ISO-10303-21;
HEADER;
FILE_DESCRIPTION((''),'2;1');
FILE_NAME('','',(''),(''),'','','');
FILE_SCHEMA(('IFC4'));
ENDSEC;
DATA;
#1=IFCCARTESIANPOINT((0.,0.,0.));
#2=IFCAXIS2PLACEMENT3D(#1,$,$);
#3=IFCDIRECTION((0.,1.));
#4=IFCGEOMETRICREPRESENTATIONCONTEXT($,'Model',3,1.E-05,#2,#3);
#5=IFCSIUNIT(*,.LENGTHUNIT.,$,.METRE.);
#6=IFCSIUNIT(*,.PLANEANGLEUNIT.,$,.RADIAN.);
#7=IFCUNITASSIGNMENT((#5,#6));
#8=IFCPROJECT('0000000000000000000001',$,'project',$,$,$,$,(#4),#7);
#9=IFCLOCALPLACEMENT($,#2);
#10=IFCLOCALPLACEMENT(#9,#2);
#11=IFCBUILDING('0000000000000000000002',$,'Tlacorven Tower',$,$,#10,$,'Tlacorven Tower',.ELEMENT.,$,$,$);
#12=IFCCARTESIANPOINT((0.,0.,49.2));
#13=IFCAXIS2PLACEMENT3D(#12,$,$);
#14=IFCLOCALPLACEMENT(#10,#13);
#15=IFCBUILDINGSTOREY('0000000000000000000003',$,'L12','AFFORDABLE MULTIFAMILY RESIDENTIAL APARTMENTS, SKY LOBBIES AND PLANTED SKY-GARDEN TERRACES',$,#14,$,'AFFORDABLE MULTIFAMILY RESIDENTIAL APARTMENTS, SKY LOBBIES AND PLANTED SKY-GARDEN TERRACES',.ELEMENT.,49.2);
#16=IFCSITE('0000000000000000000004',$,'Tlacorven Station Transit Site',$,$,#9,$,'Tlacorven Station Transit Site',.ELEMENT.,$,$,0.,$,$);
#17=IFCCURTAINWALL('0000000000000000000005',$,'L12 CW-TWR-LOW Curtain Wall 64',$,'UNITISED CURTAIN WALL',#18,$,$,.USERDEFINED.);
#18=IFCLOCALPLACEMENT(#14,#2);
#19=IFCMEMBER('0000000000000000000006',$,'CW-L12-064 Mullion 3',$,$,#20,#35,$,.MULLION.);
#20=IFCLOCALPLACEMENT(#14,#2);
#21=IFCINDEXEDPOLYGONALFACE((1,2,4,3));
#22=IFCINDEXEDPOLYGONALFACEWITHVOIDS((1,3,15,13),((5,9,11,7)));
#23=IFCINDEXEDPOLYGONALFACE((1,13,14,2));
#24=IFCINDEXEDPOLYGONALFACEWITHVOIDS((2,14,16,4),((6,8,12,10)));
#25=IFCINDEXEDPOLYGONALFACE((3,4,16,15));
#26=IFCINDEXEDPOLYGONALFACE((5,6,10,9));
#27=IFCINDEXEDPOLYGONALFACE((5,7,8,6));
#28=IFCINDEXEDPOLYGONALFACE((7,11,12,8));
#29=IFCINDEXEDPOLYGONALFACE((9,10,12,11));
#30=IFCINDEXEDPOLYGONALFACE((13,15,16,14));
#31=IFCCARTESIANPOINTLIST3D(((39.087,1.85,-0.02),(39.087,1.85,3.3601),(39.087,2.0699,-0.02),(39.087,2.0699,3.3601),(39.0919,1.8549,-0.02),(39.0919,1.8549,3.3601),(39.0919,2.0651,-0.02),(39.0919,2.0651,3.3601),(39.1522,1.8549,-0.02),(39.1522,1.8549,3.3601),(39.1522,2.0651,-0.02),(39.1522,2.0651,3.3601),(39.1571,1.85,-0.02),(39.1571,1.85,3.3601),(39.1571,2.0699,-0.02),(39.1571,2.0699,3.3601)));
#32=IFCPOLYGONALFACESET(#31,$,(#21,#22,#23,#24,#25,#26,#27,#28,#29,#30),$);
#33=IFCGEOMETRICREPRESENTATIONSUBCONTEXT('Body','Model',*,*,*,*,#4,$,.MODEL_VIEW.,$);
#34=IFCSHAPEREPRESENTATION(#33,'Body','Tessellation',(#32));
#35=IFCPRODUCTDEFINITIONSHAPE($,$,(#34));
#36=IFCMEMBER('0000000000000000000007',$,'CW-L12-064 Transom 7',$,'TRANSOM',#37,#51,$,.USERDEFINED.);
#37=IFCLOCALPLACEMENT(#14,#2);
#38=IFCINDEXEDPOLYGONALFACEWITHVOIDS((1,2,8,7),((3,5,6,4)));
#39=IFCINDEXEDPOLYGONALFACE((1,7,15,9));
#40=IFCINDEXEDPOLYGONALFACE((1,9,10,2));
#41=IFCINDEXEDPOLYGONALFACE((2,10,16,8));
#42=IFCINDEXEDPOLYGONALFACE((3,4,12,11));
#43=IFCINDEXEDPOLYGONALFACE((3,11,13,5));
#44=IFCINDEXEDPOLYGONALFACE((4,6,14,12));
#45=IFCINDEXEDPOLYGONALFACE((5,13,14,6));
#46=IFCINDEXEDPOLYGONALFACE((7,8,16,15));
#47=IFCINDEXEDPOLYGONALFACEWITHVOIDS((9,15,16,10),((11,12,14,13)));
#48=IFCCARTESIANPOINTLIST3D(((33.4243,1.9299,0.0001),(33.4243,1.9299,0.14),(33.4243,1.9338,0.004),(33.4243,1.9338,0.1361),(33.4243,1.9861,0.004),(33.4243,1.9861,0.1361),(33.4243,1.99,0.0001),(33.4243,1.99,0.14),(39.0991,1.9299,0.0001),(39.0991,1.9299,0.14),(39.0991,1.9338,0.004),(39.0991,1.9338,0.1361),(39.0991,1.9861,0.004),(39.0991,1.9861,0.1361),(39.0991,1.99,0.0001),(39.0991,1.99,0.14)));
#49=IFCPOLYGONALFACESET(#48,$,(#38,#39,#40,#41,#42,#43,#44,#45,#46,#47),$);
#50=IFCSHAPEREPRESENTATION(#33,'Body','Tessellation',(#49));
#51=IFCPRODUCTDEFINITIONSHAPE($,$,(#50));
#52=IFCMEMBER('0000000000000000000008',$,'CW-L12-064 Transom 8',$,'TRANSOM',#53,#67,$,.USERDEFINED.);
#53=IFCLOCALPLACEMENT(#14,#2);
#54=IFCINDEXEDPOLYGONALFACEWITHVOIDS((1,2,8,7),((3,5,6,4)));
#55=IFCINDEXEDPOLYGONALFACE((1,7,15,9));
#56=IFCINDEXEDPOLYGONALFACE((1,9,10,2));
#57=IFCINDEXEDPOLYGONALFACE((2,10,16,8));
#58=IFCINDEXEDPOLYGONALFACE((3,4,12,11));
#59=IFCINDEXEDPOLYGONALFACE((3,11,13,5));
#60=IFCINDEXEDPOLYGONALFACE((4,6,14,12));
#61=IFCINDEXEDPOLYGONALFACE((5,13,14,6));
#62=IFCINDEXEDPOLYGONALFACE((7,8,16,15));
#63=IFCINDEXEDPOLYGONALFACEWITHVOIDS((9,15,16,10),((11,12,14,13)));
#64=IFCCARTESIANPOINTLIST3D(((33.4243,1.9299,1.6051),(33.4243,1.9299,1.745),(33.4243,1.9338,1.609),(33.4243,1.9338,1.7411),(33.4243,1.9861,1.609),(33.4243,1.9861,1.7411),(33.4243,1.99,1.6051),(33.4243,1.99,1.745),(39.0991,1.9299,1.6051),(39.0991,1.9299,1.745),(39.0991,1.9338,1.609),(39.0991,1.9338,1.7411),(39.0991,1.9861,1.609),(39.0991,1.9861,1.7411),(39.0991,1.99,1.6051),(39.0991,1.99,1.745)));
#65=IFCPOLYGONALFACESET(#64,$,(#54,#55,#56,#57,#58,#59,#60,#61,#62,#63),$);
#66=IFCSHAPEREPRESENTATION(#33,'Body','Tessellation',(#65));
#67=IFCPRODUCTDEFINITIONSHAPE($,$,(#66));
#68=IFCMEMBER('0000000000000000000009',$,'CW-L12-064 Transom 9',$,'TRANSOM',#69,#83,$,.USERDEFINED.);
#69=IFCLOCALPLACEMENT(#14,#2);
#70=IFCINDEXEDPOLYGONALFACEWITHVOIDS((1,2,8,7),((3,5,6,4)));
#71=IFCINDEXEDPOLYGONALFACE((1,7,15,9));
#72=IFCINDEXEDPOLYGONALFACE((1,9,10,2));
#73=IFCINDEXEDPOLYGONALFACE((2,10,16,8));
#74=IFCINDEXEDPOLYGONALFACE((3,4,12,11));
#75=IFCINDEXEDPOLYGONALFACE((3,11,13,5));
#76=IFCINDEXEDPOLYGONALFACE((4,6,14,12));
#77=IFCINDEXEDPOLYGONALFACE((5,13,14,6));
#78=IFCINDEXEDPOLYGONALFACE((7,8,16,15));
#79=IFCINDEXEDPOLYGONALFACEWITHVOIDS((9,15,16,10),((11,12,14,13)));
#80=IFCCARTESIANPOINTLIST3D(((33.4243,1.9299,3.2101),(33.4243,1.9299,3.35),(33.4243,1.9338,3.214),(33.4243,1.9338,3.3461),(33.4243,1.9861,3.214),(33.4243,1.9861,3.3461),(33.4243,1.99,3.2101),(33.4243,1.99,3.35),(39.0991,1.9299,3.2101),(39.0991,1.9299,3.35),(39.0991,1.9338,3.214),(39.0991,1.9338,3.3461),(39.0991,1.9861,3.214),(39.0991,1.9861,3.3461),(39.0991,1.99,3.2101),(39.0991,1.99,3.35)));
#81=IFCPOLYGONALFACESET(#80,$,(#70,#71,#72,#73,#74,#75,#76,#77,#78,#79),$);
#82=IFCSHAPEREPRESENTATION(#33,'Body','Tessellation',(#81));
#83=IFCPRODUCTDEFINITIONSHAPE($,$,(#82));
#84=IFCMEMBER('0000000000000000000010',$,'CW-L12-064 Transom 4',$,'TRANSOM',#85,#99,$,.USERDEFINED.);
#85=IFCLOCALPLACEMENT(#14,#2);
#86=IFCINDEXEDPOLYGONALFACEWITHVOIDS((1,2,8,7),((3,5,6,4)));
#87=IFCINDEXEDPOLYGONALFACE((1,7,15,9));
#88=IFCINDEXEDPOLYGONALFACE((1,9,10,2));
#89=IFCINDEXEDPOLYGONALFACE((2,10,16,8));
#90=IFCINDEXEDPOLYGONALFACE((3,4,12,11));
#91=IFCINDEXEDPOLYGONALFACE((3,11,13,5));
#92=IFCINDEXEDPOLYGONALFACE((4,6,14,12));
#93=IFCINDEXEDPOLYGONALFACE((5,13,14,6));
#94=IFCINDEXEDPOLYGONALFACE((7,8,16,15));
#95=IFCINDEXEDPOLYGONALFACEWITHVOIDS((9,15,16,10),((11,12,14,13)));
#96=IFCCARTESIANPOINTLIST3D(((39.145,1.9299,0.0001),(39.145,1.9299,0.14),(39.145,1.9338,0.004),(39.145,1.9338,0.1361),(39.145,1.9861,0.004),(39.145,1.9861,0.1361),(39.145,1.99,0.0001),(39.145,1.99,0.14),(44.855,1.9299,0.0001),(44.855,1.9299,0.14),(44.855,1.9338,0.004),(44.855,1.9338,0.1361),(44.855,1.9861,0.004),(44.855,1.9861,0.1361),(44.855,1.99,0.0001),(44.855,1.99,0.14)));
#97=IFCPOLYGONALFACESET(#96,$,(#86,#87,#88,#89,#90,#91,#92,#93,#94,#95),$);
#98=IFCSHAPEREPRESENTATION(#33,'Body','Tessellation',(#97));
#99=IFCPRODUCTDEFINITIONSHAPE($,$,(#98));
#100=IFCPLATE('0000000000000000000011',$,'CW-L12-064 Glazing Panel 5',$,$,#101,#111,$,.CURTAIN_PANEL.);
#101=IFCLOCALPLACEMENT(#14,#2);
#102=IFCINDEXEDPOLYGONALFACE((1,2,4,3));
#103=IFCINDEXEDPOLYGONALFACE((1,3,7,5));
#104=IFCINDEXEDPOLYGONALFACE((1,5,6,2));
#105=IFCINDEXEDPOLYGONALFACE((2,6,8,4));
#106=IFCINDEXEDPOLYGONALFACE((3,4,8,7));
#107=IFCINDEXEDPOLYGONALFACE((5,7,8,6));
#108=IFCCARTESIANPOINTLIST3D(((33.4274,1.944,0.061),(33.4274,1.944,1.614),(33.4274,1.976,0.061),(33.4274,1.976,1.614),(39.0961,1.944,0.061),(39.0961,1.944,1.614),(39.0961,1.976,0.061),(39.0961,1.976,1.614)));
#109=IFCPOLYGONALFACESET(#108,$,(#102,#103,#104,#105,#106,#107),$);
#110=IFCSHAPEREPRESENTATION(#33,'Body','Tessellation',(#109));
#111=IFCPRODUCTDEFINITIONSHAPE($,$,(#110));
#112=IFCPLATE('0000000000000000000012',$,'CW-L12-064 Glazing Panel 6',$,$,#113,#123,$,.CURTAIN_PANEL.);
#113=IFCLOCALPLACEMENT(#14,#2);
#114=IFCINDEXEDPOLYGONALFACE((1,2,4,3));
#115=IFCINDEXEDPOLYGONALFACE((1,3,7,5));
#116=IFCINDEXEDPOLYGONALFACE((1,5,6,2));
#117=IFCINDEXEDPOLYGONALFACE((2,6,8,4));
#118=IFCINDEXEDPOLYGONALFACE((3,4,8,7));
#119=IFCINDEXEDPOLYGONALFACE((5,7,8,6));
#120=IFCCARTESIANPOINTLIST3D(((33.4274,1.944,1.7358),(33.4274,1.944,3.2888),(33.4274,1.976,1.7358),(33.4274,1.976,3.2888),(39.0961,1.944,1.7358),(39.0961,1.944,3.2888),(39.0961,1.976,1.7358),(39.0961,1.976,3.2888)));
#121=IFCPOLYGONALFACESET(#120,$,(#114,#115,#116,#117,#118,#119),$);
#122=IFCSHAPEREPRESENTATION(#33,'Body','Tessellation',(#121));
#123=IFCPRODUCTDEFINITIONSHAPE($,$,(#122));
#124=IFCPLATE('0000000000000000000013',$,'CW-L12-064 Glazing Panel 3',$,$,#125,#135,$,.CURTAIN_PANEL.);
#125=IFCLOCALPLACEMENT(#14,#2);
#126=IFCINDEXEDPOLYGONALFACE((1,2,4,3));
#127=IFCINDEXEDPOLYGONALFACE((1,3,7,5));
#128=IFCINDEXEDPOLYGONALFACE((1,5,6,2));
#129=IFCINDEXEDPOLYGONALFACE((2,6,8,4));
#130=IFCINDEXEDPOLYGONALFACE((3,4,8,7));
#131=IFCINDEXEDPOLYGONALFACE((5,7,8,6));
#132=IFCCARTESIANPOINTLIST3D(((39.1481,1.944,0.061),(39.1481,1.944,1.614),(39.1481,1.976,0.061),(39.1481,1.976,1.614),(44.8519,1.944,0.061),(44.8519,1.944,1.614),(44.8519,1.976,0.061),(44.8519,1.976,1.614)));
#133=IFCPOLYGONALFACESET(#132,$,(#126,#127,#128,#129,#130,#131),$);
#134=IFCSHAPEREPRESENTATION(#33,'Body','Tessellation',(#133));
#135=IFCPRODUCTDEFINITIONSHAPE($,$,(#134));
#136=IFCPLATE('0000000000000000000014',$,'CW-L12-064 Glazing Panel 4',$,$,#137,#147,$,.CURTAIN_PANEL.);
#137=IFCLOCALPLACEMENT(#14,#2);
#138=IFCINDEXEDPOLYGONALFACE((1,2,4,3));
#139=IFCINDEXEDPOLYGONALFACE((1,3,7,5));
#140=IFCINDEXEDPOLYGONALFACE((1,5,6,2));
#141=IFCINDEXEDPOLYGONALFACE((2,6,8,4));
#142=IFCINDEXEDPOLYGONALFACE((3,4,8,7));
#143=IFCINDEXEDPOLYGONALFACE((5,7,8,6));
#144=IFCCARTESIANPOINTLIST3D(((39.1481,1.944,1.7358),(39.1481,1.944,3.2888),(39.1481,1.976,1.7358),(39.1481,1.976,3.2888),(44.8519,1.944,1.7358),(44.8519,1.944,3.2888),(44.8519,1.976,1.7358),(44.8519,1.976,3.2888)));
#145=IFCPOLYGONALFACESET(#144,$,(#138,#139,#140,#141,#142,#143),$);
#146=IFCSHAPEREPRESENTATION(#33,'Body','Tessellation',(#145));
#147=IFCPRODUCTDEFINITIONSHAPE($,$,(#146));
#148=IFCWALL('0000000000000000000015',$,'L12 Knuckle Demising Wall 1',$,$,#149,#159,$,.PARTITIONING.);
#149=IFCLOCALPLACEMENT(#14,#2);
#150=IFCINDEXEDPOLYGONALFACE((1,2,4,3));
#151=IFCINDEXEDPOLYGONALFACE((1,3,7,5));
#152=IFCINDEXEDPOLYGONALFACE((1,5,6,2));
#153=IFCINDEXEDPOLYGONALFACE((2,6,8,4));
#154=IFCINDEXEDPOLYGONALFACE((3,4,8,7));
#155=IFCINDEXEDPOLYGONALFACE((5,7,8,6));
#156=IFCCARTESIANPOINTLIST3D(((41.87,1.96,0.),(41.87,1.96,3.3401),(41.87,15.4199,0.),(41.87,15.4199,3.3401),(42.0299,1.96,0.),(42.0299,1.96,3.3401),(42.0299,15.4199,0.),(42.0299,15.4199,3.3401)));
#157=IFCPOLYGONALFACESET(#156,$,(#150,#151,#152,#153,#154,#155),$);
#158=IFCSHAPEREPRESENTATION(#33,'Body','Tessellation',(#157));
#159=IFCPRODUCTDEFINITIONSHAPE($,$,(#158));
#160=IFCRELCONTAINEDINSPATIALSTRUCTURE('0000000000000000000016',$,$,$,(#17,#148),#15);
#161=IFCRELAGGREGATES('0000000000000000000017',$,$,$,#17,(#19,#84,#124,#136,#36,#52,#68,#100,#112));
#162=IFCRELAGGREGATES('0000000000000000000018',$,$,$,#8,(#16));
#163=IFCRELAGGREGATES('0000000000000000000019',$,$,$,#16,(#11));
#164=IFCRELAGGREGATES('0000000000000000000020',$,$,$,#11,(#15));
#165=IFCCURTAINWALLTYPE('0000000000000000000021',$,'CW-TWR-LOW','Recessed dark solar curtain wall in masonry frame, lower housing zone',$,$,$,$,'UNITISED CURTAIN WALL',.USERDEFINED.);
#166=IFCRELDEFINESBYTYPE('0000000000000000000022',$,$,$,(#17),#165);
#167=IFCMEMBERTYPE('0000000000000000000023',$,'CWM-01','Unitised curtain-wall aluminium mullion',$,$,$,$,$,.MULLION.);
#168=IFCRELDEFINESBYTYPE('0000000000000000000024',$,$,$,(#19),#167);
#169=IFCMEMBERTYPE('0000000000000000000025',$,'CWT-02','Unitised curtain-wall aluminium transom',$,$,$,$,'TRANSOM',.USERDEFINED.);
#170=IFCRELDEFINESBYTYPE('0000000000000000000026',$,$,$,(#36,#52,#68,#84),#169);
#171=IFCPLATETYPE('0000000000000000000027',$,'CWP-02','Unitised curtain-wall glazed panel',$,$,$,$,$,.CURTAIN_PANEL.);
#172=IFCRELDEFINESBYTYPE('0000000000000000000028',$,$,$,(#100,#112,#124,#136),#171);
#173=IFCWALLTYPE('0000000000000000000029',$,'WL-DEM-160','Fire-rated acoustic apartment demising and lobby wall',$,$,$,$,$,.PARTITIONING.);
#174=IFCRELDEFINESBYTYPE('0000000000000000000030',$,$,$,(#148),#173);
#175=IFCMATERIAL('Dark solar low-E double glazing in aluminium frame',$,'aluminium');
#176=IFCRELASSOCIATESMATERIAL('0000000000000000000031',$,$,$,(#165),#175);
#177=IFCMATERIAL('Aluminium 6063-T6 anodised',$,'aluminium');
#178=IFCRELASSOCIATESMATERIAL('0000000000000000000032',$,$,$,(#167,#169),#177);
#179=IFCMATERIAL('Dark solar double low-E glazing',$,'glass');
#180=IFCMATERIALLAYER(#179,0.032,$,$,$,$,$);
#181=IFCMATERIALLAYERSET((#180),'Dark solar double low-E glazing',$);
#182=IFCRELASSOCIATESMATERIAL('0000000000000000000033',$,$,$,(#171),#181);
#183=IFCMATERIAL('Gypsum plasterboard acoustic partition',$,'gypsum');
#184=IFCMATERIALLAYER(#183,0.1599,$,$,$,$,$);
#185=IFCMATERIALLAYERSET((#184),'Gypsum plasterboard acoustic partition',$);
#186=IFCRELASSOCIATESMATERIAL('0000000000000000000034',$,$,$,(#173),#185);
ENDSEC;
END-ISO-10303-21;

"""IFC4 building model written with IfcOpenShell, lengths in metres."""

from ifc_helpers import new_model, si_unit, direction, frame, frame_2d, origin, origin_2d, place, context, subcontext, project, spatial, rectangle, hollow_rectangle, extrude, source, transform, mapped, material, layer, layer_set, material_profile, profile_set, type_object, element, aggregate, save


model = new_model("IFC4")

# Units and contexts
model_context = context("Model", 3, precision=1e-05, world=origin(), true_north=direction((0.0, 1.0)))
body_context = subcontext(model_context, "Body", "Model", "MODEL_VIEW")
ifc_project = project(units=[si_unit("LENGTHUNIT", "METRE"), si_unit("PLANEANGLEUNIT", "RADIAN")], contexts=[model_context])

# Site, building, storey
site_placement = place(None, origin())
site = spatial("IfcSite", under=ifc_project, at=site_placement, Name="Tlacorven Station Transit Site", LongName="Tlacorven Station Transit Site", CompositionType="ELEMENT", RefElevation=0.0)
building_placement = place(site_placement, origin())
building = spatial("IfcBuilding", under=site, at=building_placement, Name="Tlacorven Tower", LongName="Tlacorven Tower", CompositionType="ELEMENT")
storey_placement = place(building_placement, frame((0.0, 0.0, 49.2)))
storey = spatial("IfcBuildingStorey", under=building, at=storey_placement, Name="L12", Description="AFFORDABLE MULTIFAMILY RESIDENTIAL APARTMENTS, SKY LOBBIES AND PLANTED SKY-GARDEN TERRACES", LongName="AFFORDABLE MULTIFAMILY RESIDENTIAL APARTMENTS, SKY LOBBIES AND PLANTED SKY-GARDEN TERRACES", CompositionType="ELEMENT", Elevation=49.2)

# Curtain wall, members, plates
ifc_material_1 = material(Name="Dark solar low-E double glazing in aluminium frame", Category="aluminium")
curtain_wall_type = type_object("IfcCurtainWallType", Name="CW-TWR-LOW", Description="Recessed dark solar curtain wall in masonry frame, lower housing zone", ElementType="UNITISED CURTAIN WALL", PredefinedType="USERDEFINED", material=ifc_material_1)
curtain_wall_placement = place(storey_placement, origin())
curtain_wall = element("IfcCurtainWall", 1, at=curtain_wall_placement, inside=storey, type_object=curtain_wall_type, Name="L12 CW-TWR-LOW Curtain Wall 64", ObjectType="UNITISED CURTAIN WALL", PredefinedType="USERDEFINED")
ifc_material_2 = material(Name="Aluminium 6063-T6 anodised", Category="aluminium")
ifc_material_profile_1 = material_profile(ifc_material_2, hollow_rectangle(XDim=0.0701, YDim=0.22, WallThickness=0.0049, at=origin_2d()), Name="ALU MULLION 70X220")
ifc_profile_set_1 = profile_set([ifc_material_profile_1], Name="Aluminium 6063-T6 anodised")
member_type_1 = type_object("IfcMemberType", Name="CWM-01", Description="Unitised curtain-wall aluminium mullion", PredefinedType="MULLION", material=ifc_profile_set_1)
shared_shape_1 = source(origin(), body_context, "Body", "SweptSolid", [
    extrude(hollow_rectangle(XDim=0.0701, YDim=0.22, WallThickness=0.0049, at=origin_2d()), origin(), (0.0, 0.0, 1.0), 3.3801),
])
member_1_placement = place(storey_placement, frame((39.1221, 1.96, -0.02), z_axis=(0.0, 0.0, 1.0), x_axis=(-1.0, 0.0, 0.0)))
member_1 = element("IfcMember", 2, at=member_1_placement, type_object=member_type_1, Name="CW-L12-064 Mullion 3", PredefinedType="MULLION", context=body_context, shape_type="MappedRepresentation", body=[
    mapped(shared_shape_1, transform((0.0, 0.0, 0.0), scale=1.0)),
])
ifc_material_profile_2 = material_profile(ifc_material_2, hollow_rectangle(XDim=0.0601, YDim=0.1399, WallThickness=0.0039, at=origin_2d()), Name="ALU TRANSOM 60X140")
ifc_profile_set_2 = profile_set([ifc_material_profile_2], Name="Aluminium 6063-T6 anodised")
member_type_2 = type_object("IfcMemberType", Name="CWT-02", Description="Unitised curtain-wall aluminium transom", ElementType="TRANSOM", PredefinedType="USERDEFINED", material=ifc_profile_set_2)
shared_shape_2 = source(origin(), body_context, "Body", "SweptSolid", [
    extrude(hollow_rectangle(XDim=0.0601, YDim=0.1399, WallThickness=0.0039, at=origin_2d()), origin(), (0.0, 0.0, 1.0), 5.6748),
])
member_2_placement = place(storey_placement, frame((39.0991, 1.96, 0.0701), z_axis=(-1.0, 0.0, 0.0), x_axis=(0.0, -1.0, 0.0)))
member_2 = element("IfcMember", 3, at=member_2_placement, type_object=member_type_2, Name="CW-L12-064 Transom 7", ObjectType="TRANSOM", PredefinedType="USERDEFINED", context=body_context, shape_type="MappedRepresentation", body=[
    mapped(shared_shape_2, transform((0.0, 0.0, 0.0), scale=1.0)),
])
member_3_placement = place(storey_placement, frame((39.0991, 1.96, 1.675), z_axis=(-1.0, 0.0, 0.0), x_axis=(0.0, -1.0, 0.0)))
member_3 = element("IfcMember", 4, at=member_3_placement, type_object=member_type_2, Name="CW-L12-064 Transom 8", ObjectType="TRANSOM", PredefinedType="USERDEFINED", context=body_context, shape_type="MappedRepresentation", body=[
    mapped(shared_shape_2, transform((0.0, 0.0, 0.0), scale=1.0)),
])
member_4_placement = place(storey_placement, frame((39.0991, 1.96, 3.28), z_axis=(-1.0, 0.0, 0.0), x_axis=(0.0, -1.0, 0.0)))
member_4 = element("IfcMember", 5, at=member_4_placement, type_object=member_type_2, Name="CW-L12-064 Transom 9", ObjectType="TRANSOM", PredefinedType="USERDEFINED", context=body_context, shape_type="MappedRepresentation", body=[
    mapped(shared_shape_2, transform((0.0, 0.0, 0.0), scale=1.0)),
])
shared_shape_3 = source(origin(), body_context, "Body", "SweptSolid", [
    extrude(hollow_rectangle(XDim=0.0601, YDim=0.1399, WallThickness=0.0039, at=origin_2d()), origin(), (0.0, 0.0, 1.0), 5.71),
])
member_5_placement = place(storey_placement, frame((44.855, 1.96, 0.0701), z_axis=(-1.0, 0.0, 0.0), x_axis=(0.0, -1.0, 0.0)))
member_5 = element("IfcMember", 6, at=member_5_placement, type_object=member_type_2, Name="CW-L12-064 Transom 4", ObjectType="TRANSOM", PredefinedType="USERDEFINED", context=body_context, shape_type="MappedRepresentation", body=[
    mapped(shared_shape_3, transform((0.0, 0.0, 0.0), scale=1.0)),
])
ifc_material_3 = material(Name="Dark solar double low-E glazing", Category="glass")
ifc_layer_1 = layer(ifc_material_3, 0.032)
ifc_layer_set_1 = layer_set([ifc_layer_1], Name="Dark solar double low-E glazing")
plate_type = type_object("IfcPlateType", Name="CWP-02", Description="Unitised curtain-wall glazed panel", PredefinedType="CURTAIN_PANEL", material=ifc_layer_set_1)
shared_shape_4 = source(origin(), body_context, "Body", "SweptSolid", [
    extrude(rectangle(XDim=5.6687, YDim=0.032, at=origin_2d()), origin(), (0.0, 0.0, 1.0), 1.553),
])
plate_1_placement = place(storey_placement, frame((36.2617, 1.96, 0.061), z_axis=(0.0, 0.0, 1.0), x_axis=(-1.0, 0.0, 0.0)))
plate_1 = element("IfcPlate", 7, at=plate_1_placement, type_object=plate_type, Name="CW-L12-064 Glazing Panel 5", PredefinedType="CURTAIN_PANEL", context=body_context, shape_type="MappedRepresentation", body=[
    mapped(shared_shape_4, transform((0.0, 0.0, 0.0), scale=1.0)),
])
plate_2_placement = place(storey_placement, frame((36.2617, 1.96, 1.7358), z_axis=(0.0, 0.0, 1.0), x_axis=(-1.0, 0.0, 0.0)))
plate_2 = element("IfcPlate", 8, at=plate_2_placement, type_object=plate_type, Name="CW-L12-064 Glazing Panel 6", PredefinedType="CURTAIN_PANEL", context=body_context, shape_type="MappedRepresentation", body=[
    mapped(shared_shape_4, transform((0.0, 0.0, 0.0), scale=1.0)),
])
shared_shape_5 = source(origin(), body_context, "Body", "SweptSolid", [
    extrude(rectangle(XDim=5.7039, YDim=0.032, at=origin_2d()), origin(), (0.0, 0.0, 1.0), 1.553),
])
plate_3_placement = place(storey_placement, frame((42.0, 1.96, 0.061), z_axis=(0.0, 0.0, 1.0), x_axis=(-1.0, 0.0, 0.0)))
plate_3 = element("IfcPlate", 9, at=plate_3_placement, type_object=plate_type, Name="CW-L12-064 Glazing Panel 3", PredefinedType="CURTAIN_PANEL", context=body_context, shape_type="MappedRepresentation", body=[
    mapped(shared_shape_5, transform((0.0, 0.0, 0.0), scale=1.0)),
])
plate_4_placement = place(storey_placement, frame((42.0, 1.96, 1.7358), z_axis=(0.0, 0.0, 1.0), x_axis=(-1.0, 0.0, 0.0)))
plate_4 = element("IfcPlate", 10, at=plate_4_placement, type_object=plate_type, Name="CW-L12-064 Glazing Panel 4", PredefinedType="CURTAIN_PANEL", context=body_context, shape_type="MappedRepresentation", body=[
    mapped(shared_shape_5, transform((0.0, 0.0, 0.0), scale=1.0)),
])
aggregate(curtain_wall, [member_1, member_5, plate_3, plate_4, member_2, member_3, member_4, plate_1, plate_2])

# Wall
ifc_material_4 = material(Name="Gypsum plasterboard acoustic partition", Category="gypsum")
ifc_layer_2 = layer(ifc_material_4, 0.1599)
ifc_layer_set_2 = layer_set([ifc_layer_2], Name="Gypsum plasterboard acoustic partition")
wall_type_1 = type_object("IfcWallType", Name="WL-DEM-160", Description="Fire-rated acoustic apartment demising and lobby wall", PredefinedType="PARTITIONING", material=ifc_layer_set_2)
wall_1_placement = place(storey_placement, frame((41.95, 1.96, 0.0), z_axis=(0.0, 0.0, 1.0), x_axis=(0.0, 1.0, 0.0)))
element("IfcWall", 11, at=wall_1_placement, inside=storey, type_object=wall_type_1, Name="L12 Knuckle Demising Wall 1", PredefinedType="PARTITIONING", context=body_context, shape_type="SweptSolid", body=[
    extrude(rectangle(XDim=13.46, YDim=0.1599, at=frame_2d((6.73, 0.0))), origin(), (0.0, 0.0, 1.0), 3.3401),
])

save(model, "model.ifc")
